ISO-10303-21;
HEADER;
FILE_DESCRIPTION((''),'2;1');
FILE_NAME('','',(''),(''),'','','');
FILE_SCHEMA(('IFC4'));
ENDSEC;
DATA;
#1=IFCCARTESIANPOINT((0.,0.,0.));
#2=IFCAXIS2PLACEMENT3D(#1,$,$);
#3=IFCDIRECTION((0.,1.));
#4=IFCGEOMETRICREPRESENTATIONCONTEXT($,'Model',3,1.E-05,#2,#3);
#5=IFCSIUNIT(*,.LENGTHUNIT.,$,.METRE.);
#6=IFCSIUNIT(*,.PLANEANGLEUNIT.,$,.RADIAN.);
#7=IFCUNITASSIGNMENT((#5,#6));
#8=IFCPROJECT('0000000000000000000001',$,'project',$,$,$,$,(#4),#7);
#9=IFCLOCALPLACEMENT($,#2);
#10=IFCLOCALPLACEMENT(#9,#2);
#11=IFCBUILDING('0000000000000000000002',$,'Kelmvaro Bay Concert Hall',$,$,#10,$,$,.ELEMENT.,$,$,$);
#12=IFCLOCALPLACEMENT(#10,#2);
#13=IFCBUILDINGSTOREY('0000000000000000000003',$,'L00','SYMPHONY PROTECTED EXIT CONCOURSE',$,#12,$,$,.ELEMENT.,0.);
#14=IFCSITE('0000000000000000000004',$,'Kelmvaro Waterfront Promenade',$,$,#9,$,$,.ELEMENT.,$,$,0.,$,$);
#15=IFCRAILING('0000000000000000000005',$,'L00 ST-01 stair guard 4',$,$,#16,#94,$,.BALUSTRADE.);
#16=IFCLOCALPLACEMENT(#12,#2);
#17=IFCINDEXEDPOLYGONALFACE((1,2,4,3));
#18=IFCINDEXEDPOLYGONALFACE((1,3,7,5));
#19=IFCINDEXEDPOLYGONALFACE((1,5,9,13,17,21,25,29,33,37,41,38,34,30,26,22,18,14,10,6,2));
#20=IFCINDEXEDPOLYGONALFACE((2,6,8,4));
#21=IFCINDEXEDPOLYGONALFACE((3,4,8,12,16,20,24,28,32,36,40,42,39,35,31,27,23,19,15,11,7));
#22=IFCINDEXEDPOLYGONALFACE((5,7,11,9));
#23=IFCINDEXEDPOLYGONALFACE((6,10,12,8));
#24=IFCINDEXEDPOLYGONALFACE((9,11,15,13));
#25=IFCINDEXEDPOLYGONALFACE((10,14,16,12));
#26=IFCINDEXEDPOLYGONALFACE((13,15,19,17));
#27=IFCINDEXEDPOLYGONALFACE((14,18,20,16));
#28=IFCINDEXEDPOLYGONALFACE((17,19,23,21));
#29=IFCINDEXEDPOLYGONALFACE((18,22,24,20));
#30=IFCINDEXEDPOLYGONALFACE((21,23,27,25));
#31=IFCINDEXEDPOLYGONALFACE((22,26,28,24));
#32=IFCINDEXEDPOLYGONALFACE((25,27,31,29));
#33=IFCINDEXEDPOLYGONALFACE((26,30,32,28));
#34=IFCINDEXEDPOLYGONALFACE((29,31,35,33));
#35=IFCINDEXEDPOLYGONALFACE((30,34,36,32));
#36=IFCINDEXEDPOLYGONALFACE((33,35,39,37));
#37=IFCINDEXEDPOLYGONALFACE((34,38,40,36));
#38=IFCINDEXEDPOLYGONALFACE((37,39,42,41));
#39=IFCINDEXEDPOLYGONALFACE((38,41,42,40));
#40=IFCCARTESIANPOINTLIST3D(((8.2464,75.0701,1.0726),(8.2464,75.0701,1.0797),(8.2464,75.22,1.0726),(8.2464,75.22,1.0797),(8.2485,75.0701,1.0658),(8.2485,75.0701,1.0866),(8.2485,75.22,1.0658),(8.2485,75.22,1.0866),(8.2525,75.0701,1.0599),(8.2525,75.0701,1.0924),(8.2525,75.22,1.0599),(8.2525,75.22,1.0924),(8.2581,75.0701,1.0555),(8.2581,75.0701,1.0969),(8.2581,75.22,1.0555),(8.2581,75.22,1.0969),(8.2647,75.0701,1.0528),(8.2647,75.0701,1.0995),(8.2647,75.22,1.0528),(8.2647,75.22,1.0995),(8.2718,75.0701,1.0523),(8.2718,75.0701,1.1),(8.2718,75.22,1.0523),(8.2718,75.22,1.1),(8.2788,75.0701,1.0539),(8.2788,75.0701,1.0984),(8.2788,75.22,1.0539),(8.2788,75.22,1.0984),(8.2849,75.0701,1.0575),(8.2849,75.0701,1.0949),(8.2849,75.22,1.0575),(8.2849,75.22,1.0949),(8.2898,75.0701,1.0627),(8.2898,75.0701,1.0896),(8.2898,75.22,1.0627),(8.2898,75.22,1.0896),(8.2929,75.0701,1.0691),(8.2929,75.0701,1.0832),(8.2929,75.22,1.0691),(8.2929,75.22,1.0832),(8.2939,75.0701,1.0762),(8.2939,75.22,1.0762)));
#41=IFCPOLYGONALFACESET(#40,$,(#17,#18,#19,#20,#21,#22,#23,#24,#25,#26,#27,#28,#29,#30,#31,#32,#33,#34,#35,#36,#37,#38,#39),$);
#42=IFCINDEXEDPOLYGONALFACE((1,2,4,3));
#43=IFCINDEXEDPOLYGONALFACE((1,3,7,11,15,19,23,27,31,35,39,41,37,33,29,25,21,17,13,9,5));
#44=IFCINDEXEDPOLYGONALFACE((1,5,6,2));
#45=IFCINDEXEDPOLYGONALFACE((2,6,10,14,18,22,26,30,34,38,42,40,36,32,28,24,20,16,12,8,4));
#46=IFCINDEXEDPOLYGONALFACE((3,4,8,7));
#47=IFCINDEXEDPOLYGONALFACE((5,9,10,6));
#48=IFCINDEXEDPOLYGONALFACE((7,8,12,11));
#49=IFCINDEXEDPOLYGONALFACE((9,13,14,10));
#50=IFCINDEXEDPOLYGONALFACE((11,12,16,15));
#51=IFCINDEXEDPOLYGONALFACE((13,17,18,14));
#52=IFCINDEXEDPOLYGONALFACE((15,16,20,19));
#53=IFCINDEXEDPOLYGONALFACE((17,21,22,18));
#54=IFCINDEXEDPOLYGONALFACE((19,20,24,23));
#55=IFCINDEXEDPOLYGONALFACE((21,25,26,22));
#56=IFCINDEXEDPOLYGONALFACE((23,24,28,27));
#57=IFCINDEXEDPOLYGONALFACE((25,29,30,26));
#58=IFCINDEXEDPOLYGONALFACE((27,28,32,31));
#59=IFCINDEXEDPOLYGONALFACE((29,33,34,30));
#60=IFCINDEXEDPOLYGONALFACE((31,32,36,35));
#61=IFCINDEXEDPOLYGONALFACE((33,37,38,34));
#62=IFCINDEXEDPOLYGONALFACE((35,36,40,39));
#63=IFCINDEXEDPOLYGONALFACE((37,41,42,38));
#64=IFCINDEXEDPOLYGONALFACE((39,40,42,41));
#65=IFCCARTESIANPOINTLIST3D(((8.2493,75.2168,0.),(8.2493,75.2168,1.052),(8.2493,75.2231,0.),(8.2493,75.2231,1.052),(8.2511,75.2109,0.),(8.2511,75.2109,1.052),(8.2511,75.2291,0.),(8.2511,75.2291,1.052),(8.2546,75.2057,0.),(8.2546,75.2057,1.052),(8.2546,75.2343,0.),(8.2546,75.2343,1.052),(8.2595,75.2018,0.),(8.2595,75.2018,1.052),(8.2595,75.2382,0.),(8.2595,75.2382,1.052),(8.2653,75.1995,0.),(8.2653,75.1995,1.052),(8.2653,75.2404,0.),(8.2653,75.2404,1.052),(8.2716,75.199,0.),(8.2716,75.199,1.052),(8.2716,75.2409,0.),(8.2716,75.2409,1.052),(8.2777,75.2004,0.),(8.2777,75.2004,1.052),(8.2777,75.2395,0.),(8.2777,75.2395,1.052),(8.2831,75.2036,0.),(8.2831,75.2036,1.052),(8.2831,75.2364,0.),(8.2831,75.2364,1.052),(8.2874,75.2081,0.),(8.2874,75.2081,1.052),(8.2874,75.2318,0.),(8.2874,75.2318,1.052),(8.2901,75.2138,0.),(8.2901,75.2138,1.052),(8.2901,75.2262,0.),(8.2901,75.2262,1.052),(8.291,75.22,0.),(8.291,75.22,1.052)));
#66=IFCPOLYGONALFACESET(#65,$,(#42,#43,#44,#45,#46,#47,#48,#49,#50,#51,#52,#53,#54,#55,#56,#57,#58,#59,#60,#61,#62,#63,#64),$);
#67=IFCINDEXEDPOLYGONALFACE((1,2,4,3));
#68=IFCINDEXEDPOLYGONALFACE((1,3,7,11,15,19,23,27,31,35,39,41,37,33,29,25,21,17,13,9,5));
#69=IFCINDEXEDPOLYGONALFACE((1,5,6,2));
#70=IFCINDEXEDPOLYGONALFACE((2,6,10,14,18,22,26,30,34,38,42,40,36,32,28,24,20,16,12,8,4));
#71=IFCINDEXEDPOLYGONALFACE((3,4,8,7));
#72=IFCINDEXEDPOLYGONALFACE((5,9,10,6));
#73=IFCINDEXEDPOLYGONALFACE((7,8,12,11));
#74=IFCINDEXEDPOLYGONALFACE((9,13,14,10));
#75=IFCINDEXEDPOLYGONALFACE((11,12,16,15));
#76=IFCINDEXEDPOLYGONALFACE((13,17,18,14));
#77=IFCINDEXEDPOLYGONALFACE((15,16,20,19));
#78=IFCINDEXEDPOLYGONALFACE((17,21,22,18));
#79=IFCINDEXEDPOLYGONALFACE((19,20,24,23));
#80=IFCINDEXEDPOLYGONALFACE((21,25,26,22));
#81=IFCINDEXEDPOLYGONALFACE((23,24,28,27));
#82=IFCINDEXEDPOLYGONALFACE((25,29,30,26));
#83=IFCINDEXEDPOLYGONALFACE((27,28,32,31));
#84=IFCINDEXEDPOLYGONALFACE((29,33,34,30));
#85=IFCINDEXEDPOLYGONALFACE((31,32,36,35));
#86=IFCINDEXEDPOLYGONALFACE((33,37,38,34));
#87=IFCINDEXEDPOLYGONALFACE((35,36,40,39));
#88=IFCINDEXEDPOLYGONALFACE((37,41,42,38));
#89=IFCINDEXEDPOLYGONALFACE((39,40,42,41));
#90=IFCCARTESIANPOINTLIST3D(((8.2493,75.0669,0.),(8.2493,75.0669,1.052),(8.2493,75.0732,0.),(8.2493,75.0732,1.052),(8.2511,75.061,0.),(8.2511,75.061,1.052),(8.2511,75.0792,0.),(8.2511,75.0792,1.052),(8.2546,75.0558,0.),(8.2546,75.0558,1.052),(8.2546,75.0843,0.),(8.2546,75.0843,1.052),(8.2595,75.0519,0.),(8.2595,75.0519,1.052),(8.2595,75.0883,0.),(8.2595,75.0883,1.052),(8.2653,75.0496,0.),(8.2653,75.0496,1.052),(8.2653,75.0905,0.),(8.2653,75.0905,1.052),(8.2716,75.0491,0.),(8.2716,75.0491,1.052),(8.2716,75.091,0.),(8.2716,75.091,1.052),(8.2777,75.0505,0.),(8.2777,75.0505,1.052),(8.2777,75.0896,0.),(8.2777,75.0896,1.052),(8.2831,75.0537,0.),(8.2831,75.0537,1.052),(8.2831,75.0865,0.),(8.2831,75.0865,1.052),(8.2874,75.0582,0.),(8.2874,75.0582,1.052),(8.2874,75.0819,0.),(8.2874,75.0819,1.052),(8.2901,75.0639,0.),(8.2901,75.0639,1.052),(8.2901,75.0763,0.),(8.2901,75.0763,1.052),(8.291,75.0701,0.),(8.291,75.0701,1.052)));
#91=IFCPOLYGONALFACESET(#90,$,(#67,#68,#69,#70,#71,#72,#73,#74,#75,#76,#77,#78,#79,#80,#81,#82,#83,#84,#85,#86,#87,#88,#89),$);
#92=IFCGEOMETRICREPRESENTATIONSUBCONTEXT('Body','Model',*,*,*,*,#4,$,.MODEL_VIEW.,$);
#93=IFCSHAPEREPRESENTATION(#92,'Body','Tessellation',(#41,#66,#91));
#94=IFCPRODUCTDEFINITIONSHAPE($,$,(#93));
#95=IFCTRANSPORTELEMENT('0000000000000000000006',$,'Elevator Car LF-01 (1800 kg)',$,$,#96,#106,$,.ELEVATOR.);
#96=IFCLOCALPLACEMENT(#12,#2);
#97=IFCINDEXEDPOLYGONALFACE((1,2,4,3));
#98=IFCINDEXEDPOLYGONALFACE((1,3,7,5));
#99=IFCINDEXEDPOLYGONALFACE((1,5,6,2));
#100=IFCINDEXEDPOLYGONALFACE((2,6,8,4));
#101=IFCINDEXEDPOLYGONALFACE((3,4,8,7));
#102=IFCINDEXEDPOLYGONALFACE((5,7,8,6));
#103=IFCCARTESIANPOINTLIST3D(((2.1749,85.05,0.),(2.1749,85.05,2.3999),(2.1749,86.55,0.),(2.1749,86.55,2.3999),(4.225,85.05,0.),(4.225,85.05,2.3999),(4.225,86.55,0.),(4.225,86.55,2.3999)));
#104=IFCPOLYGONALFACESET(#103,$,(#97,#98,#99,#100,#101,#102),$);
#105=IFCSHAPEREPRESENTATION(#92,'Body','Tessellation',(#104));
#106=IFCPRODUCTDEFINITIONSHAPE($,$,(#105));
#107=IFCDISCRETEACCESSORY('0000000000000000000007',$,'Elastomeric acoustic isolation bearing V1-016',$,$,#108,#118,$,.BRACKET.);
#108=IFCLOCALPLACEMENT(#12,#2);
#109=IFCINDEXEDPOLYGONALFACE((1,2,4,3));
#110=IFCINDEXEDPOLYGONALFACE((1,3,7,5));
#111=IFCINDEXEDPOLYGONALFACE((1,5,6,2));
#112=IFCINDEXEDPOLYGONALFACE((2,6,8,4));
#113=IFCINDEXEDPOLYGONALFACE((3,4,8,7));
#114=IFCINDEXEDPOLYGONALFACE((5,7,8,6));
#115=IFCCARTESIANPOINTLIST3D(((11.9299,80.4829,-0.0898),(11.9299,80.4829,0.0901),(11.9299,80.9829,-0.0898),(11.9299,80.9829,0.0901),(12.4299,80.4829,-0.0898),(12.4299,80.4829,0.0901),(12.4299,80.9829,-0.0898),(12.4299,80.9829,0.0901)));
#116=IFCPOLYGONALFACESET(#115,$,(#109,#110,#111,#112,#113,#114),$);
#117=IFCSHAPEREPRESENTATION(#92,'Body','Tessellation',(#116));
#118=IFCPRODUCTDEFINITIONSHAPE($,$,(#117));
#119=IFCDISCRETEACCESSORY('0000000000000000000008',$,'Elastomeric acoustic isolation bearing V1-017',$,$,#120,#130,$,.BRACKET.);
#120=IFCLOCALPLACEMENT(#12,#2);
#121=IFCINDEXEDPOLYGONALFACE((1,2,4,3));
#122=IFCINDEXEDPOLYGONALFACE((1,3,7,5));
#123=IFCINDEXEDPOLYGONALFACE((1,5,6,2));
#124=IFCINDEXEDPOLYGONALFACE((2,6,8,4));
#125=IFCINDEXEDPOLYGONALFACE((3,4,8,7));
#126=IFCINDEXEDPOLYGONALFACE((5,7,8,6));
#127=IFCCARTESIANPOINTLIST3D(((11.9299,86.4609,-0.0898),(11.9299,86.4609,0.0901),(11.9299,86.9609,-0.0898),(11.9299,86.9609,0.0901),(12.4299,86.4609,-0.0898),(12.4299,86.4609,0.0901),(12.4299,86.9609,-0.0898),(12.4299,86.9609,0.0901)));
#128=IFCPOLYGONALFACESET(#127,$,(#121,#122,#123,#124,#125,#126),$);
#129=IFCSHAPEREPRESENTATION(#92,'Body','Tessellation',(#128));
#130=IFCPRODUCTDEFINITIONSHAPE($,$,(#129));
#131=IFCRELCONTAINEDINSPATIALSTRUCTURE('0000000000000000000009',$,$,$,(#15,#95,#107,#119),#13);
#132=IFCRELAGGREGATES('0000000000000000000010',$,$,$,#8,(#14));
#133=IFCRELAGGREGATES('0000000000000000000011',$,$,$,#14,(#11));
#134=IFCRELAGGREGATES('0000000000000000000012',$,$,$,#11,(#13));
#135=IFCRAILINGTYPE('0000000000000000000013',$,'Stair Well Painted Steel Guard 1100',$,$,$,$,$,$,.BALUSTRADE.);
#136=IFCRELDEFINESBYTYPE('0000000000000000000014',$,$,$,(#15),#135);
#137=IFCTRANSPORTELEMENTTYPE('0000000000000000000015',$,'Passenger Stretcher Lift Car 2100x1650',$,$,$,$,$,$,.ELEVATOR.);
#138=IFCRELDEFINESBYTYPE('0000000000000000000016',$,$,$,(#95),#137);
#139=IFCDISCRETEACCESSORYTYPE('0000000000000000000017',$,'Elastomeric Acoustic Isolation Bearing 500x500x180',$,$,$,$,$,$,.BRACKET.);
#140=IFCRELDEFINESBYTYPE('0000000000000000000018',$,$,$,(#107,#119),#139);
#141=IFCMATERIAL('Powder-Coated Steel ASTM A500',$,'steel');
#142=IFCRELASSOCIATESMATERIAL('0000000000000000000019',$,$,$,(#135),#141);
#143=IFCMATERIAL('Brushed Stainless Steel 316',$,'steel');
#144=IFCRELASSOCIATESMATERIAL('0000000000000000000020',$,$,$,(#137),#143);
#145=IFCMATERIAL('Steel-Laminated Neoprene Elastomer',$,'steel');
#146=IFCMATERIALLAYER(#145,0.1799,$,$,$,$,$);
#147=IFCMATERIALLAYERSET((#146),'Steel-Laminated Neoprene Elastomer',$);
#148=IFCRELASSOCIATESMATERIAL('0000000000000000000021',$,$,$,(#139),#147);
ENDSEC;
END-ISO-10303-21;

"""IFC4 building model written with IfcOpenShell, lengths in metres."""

from ifc_helpers import new_model, si_unit, direction, frame, origin, origin_2d, place, context, subcontext, project, spatial, rectangle, circle, extrude, material, layer, layer_set, type_object, element, save


model = new_model("IFC4")

# Units and contexts
model_context = context("Model", 3, precision=1e-05, world=origin(), true_north=direction((0.0, 1.0)))
body_context = subcontext(model_context, "Body", "Model", "MODEL_VIEW")
ifc_project = project(units=[si_unit("LENGTHUNIT", "METRE"), si_unit("PLANEANGLEUNIT", "RADIAN")], contexts=[model_context])

# Site, building, storey
site_placement = place(None, origin())
site = spatial("IfcSite", under=ifc_project, at=site_placement, Name="Kelmvaro Waterfront Promenade", CompositionType="ELEMENT", RefElevation=0.0)
building_placement = place(site_placement, origin())
building = spatial("IfcBuilding", under=site, at=building_placement, Name="Kelmvaro Bay Concert Hall", CompositionType="ELEMENT")
storey_placement = place(building_placement, origin())
storey = spatial("IfcBuildingStorey", under=building, at=storey_placement, Name="L00", Description="SYMPHONY PROTECTED EXIT CONCOURSE", CompositionType="ELEMENT", Elevation=0.0)

# Railing
ifc_material_1 = material(Name="Powder-Coated Steel ASTM A500", Category="steel")
railing_type_1 = type_object("IfcRailingType", Name="Stair Well Painted Steel Guard 1100", PredefinedType="BALUSTRADE", material=ifc_material_1)
railing_1_placement = place(storey_placement, frame((8.27, 75.22, 0.0)))
element("IfcRailing", 1, at=railing_1_placement, inside=storey, type_object=railing_type_1, Name="L00 ST-01 stair guard 4", PredefinedType="BALUSTRADE", context=body_context, shape_type="SweptSolid", body=[
    extrude(circle(Radius=0.0239, at=origin_2d()), frame((0.0, 0.0, 1.0762), z_axis=(0.0, -1.0, 0.0), x_axis=(1.0, 0.0, 0.0)), (0.0, 0.0, 1.0), 0.1499),
    extrude(circle(Radius=0.021, at=origin_2d()), origin(), (0.0, 0.0, 1.0), 1.052),
    extrude(circle(Radius=0.021, at=origin_2d()), frame((0.0, -0.1499, 0.0)), (0.0, 0.0, 1.0), 1.052),
])

# Transport element
ifc_material_2 = material(Name="Brushed Stainless Steel 316", Category="steel")
transport_element_type = type_object("IfcTransportElementType", Name="Passenger Stretcher Lift Car 2100x1650", PredefinedType="ELEVATOR", material=ifc_material_2)
transport_element_placement = place(storey_placement, frame((3.2, 85.8, 0.0), z_axis=(0.0, 0.0, 1.0), x_axis=(1.0, 0.0, 0.0)))
element("IfcTransportElement", 2, at=transport_element_placement, inside=storey, type_object=transport_element_type, Name="Elevator Car LF-01 (1800 kg)", PredefinedType="ELEVATOR", context=body_context, shape_type="SweptSolid", body=[
    extrude(rectangle(XDim=2.05, YDim=1.5, at=origin_2d()), origin(), (0.0, 0.0, 1.0), 2.3999),
])

# Discrete accessories
ifc_material_3 = material(Name="Steel-Laminated Neoprene Elastomer", Category="steel")
ifc_layer_1 = layer(ifc_material_3, 0.1799)
ifc_layer_set_1 = layer_set([ifc_layer_1], Name="Steel-Laminated Neoprene Elastomer")
discrete_accessory_type = type_object("IfcDiscreteAccessoryType", Name="Elastomeric Acoustic Isolation Bearing 500x500x180", PredefinedType="BRACKET", material=ifc_layer_set_1)
for number, where, z_axis, x_axis, name in (
    (3, (12.1799, 80.7329, -0.0898), (0.0, 0.0, 1.0), (1.0, 0.0, 0.0), "Elastomeric acoustic isolation bearing V1-016"),
    (4, (12.1799, 86.7109, -0.0898), (0.0, 0.0, 1.0), (1.0, 0.0, 0.0), "Elastomeric acoustic isolation bearing V1-017"),
):
    element("IfcDiscreteAccessory", number, at=place(storey_placement, frame(where, z_axis=z_axis, x_axis=x_axis)), inside=storey, type_object=discrete_accessory_type, Name=name, PredefinedType="BRACKET", context=body_context, shape_type="SweptSolid", body=[
        extrude(rectangle(XDim=0.5, YDim=0.5, at=origin_2d()), origin(), (0.0, 0.0, 1.0), 0.1799),
    ])

save(model, "model.ifc")
